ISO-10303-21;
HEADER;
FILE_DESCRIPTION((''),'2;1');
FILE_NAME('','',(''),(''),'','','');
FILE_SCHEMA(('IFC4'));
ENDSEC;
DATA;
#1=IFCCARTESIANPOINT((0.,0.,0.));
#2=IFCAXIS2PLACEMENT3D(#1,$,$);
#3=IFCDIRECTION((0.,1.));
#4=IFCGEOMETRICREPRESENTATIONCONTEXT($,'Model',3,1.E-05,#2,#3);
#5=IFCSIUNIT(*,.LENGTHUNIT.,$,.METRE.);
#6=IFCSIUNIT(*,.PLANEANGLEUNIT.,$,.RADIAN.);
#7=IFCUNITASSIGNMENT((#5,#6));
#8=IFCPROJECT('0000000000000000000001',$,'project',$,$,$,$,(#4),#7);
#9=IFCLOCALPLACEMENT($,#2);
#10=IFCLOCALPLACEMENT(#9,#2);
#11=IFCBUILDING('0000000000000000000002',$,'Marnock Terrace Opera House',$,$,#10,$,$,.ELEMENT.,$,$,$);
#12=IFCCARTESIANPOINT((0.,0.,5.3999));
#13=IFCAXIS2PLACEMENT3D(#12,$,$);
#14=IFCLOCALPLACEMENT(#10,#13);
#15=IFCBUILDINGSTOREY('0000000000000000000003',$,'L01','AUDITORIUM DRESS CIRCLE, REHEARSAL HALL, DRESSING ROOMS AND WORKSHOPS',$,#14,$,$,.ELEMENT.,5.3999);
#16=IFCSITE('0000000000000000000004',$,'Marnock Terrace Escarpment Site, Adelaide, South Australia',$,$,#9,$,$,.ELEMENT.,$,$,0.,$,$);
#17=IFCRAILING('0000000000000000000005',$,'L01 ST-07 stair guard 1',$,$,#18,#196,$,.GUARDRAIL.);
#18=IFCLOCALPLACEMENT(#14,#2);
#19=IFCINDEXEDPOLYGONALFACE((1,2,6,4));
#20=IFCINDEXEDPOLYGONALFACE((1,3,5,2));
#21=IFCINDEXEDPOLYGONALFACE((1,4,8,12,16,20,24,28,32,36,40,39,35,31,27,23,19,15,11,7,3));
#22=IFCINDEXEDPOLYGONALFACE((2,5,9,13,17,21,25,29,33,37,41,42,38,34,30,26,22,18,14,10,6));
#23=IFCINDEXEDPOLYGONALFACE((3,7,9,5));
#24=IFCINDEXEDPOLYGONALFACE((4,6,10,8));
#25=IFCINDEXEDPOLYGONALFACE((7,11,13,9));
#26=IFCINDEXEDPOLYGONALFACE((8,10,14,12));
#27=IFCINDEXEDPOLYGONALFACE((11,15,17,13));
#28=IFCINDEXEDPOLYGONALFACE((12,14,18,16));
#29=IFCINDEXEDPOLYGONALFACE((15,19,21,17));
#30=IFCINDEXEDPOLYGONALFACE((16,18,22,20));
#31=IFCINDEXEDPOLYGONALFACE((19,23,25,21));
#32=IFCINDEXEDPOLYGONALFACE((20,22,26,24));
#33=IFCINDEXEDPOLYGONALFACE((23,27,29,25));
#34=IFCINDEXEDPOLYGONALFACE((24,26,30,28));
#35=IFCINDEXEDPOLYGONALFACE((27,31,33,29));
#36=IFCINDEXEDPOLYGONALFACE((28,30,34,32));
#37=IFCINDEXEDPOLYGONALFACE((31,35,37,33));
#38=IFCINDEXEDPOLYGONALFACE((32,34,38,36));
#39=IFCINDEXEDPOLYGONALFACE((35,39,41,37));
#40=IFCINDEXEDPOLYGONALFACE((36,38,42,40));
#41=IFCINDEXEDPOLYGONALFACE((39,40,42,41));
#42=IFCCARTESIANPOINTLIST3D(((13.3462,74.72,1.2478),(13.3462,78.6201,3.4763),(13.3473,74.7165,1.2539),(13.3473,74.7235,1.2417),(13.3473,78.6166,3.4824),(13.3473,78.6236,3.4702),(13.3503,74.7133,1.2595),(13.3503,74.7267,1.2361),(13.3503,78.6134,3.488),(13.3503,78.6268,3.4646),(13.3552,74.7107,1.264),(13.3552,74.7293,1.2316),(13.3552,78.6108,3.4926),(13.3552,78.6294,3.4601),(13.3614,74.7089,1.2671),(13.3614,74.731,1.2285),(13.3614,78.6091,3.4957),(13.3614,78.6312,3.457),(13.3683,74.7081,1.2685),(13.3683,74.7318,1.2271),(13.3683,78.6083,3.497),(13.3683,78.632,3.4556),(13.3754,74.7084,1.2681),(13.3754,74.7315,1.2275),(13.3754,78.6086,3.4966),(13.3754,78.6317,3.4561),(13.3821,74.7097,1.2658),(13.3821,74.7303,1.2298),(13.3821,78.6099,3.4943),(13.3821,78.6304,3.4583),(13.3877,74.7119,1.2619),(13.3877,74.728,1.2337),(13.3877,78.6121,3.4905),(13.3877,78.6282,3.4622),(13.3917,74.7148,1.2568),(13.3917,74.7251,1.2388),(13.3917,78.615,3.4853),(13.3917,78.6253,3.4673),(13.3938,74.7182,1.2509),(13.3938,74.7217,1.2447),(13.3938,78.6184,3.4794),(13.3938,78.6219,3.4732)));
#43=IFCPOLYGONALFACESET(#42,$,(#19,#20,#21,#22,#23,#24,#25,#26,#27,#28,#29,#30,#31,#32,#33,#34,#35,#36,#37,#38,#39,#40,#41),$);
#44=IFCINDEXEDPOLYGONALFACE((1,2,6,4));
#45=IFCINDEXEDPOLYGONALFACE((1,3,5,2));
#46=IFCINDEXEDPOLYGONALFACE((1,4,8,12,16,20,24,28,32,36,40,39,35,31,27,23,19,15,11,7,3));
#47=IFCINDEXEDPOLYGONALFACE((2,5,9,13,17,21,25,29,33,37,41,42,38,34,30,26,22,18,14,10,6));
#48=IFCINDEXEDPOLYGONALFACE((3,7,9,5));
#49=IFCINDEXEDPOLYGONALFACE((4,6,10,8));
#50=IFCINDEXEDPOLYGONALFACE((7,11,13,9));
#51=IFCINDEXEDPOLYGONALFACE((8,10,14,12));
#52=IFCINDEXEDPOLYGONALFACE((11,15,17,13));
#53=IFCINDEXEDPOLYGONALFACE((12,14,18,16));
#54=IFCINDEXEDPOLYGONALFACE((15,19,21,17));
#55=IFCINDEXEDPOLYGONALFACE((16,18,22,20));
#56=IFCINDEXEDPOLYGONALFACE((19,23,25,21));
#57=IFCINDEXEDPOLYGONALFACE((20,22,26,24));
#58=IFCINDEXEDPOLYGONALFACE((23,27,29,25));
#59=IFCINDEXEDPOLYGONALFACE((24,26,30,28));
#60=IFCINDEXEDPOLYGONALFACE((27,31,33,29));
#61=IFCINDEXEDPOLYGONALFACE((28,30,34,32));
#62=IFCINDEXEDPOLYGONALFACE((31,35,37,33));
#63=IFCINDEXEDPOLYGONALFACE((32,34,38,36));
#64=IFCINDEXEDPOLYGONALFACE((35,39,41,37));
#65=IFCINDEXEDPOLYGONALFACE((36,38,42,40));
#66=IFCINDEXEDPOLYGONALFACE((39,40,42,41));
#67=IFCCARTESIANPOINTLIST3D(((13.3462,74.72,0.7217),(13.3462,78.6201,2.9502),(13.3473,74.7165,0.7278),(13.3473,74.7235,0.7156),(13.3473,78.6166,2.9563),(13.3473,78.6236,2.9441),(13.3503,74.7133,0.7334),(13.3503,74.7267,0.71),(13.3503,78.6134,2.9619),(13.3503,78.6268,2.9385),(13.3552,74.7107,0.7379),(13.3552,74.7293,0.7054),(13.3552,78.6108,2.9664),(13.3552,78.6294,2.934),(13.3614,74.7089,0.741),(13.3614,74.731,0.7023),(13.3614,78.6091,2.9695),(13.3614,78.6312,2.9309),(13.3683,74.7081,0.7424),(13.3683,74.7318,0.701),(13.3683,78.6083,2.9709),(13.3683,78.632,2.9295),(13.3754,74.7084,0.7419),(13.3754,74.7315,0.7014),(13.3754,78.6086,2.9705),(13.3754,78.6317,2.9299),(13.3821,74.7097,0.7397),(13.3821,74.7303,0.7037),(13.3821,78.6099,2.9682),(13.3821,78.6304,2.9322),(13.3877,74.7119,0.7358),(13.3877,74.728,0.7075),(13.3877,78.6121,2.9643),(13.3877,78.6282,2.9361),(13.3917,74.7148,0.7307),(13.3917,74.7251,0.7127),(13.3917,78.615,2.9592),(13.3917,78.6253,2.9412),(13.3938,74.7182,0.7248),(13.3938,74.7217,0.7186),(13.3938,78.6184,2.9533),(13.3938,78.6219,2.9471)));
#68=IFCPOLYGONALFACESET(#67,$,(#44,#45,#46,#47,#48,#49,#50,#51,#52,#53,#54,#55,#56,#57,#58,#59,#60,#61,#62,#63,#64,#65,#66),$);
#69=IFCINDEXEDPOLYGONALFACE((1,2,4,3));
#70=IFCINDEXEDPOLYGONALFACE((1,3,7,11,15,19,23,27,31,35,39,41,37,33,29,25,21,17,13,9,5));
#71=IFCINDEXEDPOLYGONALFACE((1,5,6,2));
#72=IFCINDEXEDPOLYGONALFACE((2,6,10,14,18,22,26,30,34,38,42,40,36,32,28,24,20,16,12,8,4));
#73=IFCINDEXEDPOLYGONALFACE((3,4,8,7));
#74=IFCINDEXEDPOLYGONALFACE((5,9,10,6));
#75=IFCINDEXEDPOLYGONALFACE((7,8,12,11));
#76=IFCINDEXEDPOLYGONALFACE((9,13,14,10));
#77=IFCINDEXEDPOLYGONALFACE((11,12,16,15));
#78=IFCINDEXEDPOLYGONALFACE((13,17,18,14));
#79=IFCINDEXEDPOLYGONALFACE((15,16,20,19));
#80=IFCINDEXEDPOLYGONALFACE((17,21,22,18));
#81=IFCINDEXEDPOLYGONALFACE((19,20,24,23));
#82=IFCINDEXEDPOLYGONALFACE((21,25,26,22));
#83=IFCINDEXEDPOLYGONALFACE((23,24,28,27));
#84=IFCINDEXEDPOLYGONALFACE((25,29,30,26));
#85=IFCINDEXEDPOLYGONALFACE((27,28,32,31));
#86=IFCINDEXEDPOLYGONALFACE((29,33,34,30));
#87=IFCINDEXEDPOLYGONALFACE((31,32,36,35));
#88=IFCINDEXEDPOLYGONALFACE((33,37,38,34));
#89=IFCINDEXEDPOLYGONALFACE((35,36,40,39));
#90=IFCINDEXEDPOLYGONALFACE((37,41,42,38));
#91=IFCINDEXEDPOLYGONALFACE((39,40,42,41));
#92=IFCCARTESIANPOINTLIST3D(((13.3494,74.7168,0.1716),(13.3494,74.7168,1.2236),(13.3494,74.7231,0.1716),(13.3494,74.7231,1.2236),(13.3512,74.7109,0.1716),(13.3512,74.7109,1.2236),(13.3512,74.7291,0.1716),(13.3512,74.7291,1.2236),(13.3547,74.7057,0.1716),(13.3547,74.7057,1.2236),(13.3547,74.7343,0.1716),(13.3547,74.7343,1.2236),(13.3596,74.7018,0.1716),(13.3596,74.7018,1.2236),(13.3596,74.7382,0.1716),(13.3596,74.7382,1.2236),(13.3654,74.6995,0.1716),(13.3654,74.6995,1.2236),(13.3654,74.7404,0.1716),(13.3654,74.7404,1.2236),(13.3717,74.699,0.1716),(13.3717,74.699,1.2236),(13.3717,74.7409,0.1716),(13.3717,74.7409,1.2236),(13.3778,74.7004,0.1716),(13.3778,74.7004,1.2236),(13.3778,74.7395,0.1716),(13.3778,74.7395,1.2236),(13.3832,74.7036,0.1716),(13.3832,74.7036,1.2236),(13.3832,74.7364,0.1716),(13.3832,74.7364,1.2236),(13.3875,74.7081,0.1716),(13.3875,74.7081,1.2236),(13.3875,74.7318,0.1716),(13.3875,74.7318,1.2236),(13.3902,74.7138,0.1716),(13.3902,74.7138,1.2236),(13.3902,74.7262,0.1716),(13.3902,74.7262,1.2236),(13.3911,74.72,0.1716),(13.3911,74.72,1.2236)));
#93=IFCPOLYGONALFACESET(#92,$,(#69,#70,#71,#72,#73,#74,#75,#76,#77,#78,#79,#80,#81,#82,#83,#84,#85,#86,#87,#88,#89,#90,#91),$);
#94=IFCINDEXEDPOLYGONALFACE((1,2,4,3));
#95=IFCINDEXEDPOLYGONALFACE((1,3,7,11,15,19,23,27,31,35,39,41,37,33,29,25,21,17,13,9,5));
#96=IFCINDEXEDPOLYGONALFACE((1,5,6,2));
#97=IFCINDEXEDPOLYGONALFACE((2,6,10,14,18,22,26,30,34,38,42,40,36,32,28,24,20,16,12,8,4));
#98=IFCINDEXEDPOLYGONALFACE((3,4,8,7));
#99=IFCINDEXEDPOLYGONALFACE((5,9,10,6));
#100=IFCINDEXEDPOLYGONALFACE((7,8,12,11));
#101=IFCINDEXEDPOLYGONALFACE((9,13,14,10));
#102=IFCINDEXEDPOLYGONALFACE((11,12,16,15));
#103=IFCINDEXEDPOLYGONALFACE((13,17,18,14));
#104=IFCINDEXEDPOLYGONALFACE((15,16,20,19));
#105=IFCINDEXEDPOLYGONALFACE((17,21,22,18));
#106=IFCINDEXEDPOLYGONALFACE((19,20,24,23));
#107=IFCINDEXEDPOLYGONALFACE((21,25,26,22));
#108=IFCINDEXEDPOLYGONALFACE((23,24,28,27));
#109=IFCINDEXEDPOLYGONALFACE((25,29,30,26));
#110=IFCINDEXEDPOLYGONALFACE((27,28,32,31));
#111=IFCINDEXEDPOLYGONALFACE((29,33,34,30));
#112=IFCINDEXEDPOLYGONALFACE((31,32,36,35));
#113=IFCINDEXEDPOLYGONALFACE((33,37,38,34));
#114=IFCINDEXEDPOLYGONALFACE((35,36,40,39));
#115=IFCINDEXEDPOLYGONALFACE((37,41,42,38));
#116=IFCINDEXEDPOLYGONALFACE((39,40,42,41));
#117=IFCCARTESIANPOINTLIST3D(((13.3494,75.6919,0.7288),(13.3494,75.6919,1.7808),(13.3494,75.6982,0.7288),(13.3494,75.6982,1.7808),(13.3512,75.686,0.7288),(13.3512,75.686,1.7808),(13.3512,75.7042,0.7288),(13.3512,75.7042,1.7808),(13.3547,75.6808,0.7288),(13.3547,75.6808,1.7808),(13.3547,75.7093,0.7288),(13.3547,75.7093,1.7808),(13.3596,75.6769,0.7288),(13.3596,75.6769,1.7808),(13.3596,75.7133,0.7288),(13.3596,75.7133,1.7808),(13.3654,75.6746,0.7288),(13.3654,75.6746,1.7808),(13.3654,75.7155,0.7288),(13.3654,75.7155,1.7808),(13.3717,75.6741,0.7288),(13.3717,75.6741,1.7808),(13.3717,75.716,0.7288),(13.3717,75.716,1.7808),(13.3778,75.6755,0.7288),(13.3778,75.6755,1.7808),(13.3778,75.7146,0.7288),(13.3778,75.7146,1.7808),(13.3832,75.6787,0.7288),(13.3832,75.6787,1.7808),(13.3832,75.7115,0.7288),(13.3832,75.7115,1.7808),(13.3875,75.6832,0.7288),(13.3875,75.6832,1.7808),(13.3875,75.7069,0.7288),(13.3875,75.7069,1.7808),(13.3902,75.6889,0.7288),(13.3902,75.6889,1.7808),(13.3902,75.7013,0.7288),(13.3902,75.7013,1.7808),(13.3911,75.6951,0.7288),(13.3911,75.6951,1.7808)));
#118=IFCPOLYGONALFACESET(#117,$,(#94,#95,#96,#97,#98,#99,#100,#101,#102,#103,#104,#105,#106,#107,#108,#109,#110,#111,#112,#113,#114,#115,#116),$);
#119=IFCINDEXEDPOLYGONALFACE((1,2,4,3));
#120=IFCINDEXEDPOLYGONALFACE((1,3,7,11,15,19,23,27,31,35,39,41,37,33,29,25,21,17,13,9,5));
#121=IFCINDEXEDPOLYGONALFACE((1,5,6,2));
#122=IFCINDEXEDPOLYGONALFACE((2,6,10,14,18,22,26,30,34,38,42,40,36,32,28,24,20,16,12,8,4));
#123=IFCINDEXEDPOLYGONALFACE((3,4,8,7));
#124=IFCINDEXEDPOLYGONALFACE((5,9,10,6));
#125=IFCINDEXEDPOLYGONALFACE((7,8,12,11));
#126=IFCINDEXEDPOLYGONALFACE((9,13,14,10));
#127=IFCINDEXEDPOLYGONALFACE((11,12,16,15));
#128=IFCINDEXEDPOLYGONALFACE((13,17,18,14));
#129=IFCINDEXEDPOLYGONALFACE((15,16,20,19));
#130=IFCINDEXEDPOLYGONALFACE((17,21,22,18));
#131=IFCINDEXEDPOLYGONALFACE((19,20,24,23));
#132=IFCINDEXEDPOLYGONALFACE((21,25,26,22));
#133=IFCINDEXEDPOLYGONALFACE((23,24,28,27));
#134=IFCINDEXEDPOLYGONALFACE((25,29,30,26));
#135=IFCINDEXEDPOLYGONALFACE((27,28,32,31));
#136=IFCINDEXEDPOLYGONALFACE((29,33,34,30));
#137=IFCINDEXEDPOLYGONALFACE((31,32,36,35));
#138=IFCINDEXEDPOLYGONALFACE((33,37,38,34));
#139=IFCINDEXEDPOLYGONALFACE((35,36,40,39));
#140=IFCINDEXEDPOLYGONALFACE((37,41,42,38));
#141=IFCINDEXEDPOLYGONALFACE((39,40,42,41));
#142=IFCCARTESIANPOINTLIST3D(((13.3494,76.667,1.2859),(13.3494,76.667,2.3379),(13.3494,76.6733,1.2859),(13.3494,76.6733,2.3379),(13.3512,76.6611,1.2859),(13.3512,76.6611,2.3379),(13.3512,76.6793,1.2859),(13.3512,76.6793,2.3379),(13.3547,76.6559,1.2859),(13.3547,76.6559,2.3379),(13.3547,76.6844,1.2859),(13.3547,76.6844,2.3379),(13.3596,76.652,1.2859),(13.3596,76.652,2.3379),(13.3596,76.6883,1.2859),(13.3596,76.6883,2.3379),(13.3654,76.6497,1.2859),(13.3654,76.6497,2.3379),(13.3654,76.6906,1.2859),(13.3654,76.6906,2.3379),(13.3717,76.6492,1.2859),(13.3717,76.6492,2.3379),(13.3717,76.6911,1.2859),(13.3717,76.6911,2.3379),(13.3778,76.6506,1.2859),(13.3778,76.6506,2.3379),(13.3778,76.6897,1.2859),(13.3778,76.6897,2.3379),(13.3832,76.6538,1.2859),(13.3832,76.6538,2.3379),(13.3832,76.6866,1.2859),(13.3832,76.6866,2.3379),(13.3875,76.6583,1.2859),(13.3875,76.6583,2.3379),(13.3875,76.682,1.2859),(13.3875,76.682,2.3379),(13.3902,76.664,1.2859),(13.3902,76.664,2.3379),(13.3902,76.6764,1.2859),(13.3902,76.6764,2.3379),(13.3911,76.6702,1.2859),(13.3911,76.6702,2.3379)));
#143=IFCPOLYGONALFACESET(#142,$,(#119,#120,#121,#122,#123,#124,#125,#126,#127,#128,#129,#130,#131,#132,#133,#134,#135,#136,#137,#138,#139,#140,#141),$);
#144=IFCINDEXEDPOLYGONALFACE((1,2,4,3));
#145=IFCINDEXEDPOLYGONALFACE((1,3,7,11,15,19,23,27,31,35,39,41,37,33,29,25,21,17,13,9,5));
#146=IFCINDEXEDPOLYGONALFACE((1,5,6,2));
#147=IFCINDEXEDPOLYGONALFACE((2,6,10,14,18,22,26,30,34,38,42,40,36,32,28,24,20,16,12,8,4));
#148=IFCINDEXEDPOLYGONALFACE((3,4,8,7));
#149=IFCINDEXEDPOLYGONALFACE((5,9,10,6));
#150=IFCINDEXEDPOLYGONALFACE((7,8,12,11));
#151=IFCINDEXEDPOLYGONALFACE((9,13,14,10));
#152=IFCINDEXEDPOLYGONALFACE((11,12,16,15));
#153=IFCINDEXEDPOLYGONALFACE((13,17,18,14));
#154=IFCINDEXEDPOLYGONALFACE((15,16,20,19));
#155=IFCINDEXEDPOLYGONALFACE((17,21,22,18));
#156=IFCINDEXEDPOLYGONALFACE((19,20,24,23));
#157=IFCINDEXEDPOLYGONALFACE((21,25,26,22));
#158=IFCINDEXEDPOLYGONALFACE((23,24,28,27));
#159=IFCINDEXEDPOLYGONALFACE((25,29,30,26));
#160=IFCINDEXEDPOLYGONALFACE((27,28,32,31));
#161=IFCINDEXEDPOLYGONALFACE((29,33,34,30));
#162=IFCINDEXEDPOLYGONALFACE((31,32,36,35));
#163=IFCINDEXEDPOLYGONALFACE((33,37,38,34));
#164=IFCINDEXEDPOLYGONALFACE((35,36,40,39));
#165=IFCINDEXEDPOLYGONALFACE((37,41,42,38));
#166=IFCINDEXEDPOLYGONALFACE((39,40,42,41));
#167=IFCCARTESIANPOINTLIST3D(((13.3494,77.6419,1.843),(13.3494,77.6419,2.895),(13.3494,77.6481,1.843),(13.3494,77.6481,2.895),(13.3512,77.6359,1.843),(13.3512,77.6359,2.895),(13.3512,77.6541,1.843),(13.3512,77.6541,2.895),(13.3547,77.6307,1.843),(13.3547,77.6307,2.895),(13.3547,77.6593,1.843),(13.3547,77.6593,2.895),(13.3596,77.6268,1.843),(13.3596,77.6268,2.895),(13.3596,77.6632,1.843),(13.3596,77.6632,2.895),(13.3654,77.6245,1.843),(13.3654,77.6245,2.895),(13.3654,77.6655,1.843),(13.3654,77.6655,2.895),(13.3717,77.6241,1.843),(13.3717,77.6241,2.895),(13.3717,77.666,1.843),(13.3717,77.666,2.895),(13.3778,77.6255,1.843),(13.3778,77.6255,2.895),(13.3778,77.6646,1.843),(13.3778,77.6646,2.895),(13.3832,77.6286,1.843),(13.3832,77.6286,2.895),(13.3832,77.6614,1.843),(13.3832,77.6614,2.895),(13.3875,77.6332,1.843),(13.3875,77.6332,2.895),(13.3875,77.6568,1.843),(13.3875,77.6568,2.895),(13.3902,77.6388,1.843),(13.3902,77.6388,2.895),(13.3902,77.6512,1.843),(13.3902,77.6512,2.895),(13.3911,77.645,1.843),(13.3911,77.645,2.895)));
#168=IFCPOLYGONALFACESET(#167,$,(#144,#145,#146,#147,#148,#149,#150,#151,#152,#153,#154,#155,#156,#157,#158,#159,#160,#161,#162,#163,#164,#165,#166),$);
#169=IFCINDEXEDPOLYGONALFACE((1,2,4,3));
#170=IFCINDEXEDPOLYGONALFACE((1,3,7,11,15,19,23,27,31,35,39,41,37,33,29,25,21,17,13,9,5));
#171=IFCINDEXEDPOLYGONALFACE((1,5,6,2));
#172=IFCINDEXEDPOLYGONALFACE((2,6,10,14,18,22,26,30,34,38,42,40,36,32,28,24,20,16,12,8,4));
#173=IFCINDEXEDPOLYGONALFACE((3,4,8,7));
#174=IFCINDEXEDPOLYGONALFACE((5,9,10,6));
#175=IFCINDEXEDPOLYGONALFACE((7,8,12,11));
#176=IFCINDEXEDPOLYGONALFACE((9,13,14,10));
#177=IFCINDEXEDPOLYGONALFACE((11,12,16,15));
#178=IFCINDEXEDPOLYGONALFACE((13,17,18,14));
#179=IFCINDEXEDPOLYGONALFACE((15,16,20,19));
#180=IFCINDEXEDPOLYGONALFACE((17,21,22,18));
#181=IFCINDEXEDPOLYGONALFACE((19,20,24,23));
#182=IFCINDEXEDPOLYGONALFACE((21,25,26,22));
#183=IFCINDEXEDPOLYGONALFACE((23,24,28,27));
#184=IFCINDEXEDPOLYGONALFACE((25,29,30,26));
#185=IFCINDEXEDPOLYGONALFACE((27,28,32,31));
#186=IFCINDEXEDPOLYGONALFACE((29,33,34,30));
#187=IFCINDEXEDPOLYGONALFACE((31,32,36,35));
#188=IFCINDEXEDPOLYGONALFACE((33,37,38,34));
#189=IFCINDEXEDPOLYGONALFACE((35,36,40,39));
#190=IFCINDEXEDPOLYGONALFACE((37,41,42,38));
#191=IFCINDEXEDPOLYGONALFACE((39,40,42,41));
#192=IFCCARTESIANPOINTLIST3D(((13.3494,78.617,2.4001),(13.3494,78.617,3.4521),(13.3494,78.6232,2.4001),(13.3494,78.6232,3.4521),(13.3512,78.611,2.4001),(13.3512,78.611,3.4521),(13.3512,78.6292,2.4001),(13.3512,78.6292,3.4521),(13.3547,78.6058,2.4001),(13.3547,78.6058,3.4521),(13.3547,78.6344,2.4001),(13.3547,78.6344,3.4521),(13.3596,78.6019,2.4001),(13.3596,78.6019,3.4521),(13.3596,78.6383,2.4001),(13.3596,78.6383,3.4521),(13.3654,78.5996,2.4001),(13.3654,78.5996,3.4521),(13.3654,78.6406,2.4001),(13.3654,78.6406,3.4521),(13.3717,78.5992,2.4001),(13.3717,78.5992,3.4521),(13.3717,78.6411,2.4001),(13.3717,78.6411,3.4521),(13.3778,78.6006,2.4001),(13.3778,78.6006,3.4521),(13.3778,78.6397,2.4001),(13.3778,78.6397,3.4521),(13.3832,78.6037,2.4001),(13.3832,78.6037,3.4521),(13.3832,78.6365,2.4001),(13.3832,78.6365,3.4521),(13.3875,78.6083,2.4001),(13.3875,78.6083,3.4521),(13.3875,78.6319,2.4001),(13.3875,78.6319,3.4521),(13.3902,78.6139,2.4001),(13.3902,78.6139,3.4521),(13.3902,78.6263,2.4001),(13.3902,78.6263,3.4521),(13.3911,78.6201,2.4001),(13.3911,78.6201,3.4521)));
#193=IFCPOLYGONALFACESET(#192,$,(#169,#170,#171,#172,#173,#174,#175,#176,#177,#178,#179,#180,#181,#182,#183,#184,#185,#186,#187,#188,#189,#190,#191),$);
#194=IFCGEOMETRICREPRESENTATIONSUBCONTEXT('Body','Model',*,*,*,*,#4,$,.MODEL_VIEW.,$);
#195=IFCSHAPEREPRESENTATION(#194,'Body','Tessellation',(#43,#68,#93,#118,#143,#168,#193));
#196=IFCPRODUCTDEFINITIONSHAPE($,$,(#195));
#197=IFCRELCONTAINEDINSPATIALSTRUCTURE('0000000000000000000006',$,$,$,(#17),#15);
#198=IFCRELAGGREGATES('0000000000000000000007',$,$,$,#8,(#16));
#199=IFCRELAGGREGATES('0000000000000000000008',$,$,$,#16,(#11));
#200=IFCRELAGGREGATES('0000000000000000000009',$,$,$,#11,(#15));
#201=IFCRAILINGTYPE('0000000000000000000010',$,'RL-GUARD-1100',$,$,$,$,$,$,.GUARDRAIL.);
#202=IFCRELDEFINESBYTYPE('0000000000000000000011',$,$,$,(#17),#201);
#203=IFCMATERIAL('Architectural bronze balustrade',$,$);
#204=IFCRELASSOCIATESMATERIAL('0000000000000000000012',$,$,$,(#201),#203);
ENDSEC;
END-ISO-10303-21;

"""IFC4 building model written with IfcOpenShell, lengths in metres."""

from ifc_helpers import new_model, si_unit, direction, frame, origin, origin_2d, place, context, subcontext, project, spatial, circle, extrude, material, type_object, element, save


model = new_model("IFC4")

# Units and contexts
model_context = context("Model", 3, precision=1e-05, world=origin(), true_north=direction((0.0, 1.0)))
body_context = subcontext(model_context, "Body", "Model", "MODEL_VIEW")
ifc_project = project(units=[si_unit("LENGTHUNIT", "METRE"), si_unit("PLANEANGLEUNIT", "RADIAN")], contexts=[model_context])

# Site, building, storey
site_placement = place(None, origin())
site = spatial("IfcSite", under=ifc_project, at=site_placement, Name="Marnock Terrace Escarpment Site, Adelaide, South Australia", CompositionType="ELEMENT", RefElevation=0.0)
building_placement = place(site_placement, origin())
building = spatial("IfcBuilding", under=site, at=building_placement, Name="Marnock Terrace Opera House", CompositionType="ELEMENT")
storey_placement = place(building_placement, frame((0.0, 0.0, 5.3999)))
storey = spatial("IfcBuildingStorey", under=building, at=storey_placement, Name="L01", Description="AUDITORIUM DRESS CIRCLE, REHEARSAL HALL, DRESSING ROOMS AND WORKSHOPS", CompositionType="ELEMENT", Elevation=5.3999)

# Railing
ifc_material_1 = material(Name="Architectural bronze balustrade")
railing_type_1 = type_object("IfcRailingType", Name="RL-GUARD-1100", PredefinedType="GUARDRAIL", material=ifc_material_1)
railing_1_placement = place(storey_placement, frame((13.3701, 74.72, 0.1716)))
element("IfcRailing", 1, at=railing_1_placement, inside=storey, type_object=railing_type_1, Name="L01 ST-07 stair guard 1", PredefinedType="GUARDRAIL", context=body_context, shape_type="SweptSolid", body=[
    extrude(circle(Radius=0.0239, at=origin_2d()), frame((0.0, 0.0, 1.0762), z_axis=(0.0, 0.868257, 0.496116), x_axis=(-1.0, 0.0, 0.0)), (0.0, 0.0, 1.0), 4.4919),
    extrude(circle(Radius=0.0239, at=origin_2d()), frame((0.0, 0.0, 0.55), z_axis=(0.0, 0.868257, 0.496116), x_axis=(-1.0, 0.0, 0.0)), (0.0, 0.0, 1.0), 4.4919),
    extrude(circle(Radius=0.021, at=origin_2d()), origin(), (0.0, 0.0, 1.0), 1.052),
    extrude(circle(Radius=0.021, at=origin_2d()), frame((0.0, 0.9751, 0.5571)), (0.0, 0.0, 1.0), 1.052),
    extrude(circle(Radius=0.021, at=origin_2d()), frame((0.0, 1.9502, 1.1143)), (0.0, 0.0, 1.0), 1.052),
    extrude(circle(Radius=0.021, at=origin_2d()), frame((0.0, 2.925, 1.6714)), (0.0, 0.0, 1.0), 1.052),
    extrude(circle(Radius=0.021, at=origin_2d()), frame((0.0, 3.9001, 2.2285)), (0.0, 0.0, 1.0), 1.052),
])

save(model, "model.ifc")
